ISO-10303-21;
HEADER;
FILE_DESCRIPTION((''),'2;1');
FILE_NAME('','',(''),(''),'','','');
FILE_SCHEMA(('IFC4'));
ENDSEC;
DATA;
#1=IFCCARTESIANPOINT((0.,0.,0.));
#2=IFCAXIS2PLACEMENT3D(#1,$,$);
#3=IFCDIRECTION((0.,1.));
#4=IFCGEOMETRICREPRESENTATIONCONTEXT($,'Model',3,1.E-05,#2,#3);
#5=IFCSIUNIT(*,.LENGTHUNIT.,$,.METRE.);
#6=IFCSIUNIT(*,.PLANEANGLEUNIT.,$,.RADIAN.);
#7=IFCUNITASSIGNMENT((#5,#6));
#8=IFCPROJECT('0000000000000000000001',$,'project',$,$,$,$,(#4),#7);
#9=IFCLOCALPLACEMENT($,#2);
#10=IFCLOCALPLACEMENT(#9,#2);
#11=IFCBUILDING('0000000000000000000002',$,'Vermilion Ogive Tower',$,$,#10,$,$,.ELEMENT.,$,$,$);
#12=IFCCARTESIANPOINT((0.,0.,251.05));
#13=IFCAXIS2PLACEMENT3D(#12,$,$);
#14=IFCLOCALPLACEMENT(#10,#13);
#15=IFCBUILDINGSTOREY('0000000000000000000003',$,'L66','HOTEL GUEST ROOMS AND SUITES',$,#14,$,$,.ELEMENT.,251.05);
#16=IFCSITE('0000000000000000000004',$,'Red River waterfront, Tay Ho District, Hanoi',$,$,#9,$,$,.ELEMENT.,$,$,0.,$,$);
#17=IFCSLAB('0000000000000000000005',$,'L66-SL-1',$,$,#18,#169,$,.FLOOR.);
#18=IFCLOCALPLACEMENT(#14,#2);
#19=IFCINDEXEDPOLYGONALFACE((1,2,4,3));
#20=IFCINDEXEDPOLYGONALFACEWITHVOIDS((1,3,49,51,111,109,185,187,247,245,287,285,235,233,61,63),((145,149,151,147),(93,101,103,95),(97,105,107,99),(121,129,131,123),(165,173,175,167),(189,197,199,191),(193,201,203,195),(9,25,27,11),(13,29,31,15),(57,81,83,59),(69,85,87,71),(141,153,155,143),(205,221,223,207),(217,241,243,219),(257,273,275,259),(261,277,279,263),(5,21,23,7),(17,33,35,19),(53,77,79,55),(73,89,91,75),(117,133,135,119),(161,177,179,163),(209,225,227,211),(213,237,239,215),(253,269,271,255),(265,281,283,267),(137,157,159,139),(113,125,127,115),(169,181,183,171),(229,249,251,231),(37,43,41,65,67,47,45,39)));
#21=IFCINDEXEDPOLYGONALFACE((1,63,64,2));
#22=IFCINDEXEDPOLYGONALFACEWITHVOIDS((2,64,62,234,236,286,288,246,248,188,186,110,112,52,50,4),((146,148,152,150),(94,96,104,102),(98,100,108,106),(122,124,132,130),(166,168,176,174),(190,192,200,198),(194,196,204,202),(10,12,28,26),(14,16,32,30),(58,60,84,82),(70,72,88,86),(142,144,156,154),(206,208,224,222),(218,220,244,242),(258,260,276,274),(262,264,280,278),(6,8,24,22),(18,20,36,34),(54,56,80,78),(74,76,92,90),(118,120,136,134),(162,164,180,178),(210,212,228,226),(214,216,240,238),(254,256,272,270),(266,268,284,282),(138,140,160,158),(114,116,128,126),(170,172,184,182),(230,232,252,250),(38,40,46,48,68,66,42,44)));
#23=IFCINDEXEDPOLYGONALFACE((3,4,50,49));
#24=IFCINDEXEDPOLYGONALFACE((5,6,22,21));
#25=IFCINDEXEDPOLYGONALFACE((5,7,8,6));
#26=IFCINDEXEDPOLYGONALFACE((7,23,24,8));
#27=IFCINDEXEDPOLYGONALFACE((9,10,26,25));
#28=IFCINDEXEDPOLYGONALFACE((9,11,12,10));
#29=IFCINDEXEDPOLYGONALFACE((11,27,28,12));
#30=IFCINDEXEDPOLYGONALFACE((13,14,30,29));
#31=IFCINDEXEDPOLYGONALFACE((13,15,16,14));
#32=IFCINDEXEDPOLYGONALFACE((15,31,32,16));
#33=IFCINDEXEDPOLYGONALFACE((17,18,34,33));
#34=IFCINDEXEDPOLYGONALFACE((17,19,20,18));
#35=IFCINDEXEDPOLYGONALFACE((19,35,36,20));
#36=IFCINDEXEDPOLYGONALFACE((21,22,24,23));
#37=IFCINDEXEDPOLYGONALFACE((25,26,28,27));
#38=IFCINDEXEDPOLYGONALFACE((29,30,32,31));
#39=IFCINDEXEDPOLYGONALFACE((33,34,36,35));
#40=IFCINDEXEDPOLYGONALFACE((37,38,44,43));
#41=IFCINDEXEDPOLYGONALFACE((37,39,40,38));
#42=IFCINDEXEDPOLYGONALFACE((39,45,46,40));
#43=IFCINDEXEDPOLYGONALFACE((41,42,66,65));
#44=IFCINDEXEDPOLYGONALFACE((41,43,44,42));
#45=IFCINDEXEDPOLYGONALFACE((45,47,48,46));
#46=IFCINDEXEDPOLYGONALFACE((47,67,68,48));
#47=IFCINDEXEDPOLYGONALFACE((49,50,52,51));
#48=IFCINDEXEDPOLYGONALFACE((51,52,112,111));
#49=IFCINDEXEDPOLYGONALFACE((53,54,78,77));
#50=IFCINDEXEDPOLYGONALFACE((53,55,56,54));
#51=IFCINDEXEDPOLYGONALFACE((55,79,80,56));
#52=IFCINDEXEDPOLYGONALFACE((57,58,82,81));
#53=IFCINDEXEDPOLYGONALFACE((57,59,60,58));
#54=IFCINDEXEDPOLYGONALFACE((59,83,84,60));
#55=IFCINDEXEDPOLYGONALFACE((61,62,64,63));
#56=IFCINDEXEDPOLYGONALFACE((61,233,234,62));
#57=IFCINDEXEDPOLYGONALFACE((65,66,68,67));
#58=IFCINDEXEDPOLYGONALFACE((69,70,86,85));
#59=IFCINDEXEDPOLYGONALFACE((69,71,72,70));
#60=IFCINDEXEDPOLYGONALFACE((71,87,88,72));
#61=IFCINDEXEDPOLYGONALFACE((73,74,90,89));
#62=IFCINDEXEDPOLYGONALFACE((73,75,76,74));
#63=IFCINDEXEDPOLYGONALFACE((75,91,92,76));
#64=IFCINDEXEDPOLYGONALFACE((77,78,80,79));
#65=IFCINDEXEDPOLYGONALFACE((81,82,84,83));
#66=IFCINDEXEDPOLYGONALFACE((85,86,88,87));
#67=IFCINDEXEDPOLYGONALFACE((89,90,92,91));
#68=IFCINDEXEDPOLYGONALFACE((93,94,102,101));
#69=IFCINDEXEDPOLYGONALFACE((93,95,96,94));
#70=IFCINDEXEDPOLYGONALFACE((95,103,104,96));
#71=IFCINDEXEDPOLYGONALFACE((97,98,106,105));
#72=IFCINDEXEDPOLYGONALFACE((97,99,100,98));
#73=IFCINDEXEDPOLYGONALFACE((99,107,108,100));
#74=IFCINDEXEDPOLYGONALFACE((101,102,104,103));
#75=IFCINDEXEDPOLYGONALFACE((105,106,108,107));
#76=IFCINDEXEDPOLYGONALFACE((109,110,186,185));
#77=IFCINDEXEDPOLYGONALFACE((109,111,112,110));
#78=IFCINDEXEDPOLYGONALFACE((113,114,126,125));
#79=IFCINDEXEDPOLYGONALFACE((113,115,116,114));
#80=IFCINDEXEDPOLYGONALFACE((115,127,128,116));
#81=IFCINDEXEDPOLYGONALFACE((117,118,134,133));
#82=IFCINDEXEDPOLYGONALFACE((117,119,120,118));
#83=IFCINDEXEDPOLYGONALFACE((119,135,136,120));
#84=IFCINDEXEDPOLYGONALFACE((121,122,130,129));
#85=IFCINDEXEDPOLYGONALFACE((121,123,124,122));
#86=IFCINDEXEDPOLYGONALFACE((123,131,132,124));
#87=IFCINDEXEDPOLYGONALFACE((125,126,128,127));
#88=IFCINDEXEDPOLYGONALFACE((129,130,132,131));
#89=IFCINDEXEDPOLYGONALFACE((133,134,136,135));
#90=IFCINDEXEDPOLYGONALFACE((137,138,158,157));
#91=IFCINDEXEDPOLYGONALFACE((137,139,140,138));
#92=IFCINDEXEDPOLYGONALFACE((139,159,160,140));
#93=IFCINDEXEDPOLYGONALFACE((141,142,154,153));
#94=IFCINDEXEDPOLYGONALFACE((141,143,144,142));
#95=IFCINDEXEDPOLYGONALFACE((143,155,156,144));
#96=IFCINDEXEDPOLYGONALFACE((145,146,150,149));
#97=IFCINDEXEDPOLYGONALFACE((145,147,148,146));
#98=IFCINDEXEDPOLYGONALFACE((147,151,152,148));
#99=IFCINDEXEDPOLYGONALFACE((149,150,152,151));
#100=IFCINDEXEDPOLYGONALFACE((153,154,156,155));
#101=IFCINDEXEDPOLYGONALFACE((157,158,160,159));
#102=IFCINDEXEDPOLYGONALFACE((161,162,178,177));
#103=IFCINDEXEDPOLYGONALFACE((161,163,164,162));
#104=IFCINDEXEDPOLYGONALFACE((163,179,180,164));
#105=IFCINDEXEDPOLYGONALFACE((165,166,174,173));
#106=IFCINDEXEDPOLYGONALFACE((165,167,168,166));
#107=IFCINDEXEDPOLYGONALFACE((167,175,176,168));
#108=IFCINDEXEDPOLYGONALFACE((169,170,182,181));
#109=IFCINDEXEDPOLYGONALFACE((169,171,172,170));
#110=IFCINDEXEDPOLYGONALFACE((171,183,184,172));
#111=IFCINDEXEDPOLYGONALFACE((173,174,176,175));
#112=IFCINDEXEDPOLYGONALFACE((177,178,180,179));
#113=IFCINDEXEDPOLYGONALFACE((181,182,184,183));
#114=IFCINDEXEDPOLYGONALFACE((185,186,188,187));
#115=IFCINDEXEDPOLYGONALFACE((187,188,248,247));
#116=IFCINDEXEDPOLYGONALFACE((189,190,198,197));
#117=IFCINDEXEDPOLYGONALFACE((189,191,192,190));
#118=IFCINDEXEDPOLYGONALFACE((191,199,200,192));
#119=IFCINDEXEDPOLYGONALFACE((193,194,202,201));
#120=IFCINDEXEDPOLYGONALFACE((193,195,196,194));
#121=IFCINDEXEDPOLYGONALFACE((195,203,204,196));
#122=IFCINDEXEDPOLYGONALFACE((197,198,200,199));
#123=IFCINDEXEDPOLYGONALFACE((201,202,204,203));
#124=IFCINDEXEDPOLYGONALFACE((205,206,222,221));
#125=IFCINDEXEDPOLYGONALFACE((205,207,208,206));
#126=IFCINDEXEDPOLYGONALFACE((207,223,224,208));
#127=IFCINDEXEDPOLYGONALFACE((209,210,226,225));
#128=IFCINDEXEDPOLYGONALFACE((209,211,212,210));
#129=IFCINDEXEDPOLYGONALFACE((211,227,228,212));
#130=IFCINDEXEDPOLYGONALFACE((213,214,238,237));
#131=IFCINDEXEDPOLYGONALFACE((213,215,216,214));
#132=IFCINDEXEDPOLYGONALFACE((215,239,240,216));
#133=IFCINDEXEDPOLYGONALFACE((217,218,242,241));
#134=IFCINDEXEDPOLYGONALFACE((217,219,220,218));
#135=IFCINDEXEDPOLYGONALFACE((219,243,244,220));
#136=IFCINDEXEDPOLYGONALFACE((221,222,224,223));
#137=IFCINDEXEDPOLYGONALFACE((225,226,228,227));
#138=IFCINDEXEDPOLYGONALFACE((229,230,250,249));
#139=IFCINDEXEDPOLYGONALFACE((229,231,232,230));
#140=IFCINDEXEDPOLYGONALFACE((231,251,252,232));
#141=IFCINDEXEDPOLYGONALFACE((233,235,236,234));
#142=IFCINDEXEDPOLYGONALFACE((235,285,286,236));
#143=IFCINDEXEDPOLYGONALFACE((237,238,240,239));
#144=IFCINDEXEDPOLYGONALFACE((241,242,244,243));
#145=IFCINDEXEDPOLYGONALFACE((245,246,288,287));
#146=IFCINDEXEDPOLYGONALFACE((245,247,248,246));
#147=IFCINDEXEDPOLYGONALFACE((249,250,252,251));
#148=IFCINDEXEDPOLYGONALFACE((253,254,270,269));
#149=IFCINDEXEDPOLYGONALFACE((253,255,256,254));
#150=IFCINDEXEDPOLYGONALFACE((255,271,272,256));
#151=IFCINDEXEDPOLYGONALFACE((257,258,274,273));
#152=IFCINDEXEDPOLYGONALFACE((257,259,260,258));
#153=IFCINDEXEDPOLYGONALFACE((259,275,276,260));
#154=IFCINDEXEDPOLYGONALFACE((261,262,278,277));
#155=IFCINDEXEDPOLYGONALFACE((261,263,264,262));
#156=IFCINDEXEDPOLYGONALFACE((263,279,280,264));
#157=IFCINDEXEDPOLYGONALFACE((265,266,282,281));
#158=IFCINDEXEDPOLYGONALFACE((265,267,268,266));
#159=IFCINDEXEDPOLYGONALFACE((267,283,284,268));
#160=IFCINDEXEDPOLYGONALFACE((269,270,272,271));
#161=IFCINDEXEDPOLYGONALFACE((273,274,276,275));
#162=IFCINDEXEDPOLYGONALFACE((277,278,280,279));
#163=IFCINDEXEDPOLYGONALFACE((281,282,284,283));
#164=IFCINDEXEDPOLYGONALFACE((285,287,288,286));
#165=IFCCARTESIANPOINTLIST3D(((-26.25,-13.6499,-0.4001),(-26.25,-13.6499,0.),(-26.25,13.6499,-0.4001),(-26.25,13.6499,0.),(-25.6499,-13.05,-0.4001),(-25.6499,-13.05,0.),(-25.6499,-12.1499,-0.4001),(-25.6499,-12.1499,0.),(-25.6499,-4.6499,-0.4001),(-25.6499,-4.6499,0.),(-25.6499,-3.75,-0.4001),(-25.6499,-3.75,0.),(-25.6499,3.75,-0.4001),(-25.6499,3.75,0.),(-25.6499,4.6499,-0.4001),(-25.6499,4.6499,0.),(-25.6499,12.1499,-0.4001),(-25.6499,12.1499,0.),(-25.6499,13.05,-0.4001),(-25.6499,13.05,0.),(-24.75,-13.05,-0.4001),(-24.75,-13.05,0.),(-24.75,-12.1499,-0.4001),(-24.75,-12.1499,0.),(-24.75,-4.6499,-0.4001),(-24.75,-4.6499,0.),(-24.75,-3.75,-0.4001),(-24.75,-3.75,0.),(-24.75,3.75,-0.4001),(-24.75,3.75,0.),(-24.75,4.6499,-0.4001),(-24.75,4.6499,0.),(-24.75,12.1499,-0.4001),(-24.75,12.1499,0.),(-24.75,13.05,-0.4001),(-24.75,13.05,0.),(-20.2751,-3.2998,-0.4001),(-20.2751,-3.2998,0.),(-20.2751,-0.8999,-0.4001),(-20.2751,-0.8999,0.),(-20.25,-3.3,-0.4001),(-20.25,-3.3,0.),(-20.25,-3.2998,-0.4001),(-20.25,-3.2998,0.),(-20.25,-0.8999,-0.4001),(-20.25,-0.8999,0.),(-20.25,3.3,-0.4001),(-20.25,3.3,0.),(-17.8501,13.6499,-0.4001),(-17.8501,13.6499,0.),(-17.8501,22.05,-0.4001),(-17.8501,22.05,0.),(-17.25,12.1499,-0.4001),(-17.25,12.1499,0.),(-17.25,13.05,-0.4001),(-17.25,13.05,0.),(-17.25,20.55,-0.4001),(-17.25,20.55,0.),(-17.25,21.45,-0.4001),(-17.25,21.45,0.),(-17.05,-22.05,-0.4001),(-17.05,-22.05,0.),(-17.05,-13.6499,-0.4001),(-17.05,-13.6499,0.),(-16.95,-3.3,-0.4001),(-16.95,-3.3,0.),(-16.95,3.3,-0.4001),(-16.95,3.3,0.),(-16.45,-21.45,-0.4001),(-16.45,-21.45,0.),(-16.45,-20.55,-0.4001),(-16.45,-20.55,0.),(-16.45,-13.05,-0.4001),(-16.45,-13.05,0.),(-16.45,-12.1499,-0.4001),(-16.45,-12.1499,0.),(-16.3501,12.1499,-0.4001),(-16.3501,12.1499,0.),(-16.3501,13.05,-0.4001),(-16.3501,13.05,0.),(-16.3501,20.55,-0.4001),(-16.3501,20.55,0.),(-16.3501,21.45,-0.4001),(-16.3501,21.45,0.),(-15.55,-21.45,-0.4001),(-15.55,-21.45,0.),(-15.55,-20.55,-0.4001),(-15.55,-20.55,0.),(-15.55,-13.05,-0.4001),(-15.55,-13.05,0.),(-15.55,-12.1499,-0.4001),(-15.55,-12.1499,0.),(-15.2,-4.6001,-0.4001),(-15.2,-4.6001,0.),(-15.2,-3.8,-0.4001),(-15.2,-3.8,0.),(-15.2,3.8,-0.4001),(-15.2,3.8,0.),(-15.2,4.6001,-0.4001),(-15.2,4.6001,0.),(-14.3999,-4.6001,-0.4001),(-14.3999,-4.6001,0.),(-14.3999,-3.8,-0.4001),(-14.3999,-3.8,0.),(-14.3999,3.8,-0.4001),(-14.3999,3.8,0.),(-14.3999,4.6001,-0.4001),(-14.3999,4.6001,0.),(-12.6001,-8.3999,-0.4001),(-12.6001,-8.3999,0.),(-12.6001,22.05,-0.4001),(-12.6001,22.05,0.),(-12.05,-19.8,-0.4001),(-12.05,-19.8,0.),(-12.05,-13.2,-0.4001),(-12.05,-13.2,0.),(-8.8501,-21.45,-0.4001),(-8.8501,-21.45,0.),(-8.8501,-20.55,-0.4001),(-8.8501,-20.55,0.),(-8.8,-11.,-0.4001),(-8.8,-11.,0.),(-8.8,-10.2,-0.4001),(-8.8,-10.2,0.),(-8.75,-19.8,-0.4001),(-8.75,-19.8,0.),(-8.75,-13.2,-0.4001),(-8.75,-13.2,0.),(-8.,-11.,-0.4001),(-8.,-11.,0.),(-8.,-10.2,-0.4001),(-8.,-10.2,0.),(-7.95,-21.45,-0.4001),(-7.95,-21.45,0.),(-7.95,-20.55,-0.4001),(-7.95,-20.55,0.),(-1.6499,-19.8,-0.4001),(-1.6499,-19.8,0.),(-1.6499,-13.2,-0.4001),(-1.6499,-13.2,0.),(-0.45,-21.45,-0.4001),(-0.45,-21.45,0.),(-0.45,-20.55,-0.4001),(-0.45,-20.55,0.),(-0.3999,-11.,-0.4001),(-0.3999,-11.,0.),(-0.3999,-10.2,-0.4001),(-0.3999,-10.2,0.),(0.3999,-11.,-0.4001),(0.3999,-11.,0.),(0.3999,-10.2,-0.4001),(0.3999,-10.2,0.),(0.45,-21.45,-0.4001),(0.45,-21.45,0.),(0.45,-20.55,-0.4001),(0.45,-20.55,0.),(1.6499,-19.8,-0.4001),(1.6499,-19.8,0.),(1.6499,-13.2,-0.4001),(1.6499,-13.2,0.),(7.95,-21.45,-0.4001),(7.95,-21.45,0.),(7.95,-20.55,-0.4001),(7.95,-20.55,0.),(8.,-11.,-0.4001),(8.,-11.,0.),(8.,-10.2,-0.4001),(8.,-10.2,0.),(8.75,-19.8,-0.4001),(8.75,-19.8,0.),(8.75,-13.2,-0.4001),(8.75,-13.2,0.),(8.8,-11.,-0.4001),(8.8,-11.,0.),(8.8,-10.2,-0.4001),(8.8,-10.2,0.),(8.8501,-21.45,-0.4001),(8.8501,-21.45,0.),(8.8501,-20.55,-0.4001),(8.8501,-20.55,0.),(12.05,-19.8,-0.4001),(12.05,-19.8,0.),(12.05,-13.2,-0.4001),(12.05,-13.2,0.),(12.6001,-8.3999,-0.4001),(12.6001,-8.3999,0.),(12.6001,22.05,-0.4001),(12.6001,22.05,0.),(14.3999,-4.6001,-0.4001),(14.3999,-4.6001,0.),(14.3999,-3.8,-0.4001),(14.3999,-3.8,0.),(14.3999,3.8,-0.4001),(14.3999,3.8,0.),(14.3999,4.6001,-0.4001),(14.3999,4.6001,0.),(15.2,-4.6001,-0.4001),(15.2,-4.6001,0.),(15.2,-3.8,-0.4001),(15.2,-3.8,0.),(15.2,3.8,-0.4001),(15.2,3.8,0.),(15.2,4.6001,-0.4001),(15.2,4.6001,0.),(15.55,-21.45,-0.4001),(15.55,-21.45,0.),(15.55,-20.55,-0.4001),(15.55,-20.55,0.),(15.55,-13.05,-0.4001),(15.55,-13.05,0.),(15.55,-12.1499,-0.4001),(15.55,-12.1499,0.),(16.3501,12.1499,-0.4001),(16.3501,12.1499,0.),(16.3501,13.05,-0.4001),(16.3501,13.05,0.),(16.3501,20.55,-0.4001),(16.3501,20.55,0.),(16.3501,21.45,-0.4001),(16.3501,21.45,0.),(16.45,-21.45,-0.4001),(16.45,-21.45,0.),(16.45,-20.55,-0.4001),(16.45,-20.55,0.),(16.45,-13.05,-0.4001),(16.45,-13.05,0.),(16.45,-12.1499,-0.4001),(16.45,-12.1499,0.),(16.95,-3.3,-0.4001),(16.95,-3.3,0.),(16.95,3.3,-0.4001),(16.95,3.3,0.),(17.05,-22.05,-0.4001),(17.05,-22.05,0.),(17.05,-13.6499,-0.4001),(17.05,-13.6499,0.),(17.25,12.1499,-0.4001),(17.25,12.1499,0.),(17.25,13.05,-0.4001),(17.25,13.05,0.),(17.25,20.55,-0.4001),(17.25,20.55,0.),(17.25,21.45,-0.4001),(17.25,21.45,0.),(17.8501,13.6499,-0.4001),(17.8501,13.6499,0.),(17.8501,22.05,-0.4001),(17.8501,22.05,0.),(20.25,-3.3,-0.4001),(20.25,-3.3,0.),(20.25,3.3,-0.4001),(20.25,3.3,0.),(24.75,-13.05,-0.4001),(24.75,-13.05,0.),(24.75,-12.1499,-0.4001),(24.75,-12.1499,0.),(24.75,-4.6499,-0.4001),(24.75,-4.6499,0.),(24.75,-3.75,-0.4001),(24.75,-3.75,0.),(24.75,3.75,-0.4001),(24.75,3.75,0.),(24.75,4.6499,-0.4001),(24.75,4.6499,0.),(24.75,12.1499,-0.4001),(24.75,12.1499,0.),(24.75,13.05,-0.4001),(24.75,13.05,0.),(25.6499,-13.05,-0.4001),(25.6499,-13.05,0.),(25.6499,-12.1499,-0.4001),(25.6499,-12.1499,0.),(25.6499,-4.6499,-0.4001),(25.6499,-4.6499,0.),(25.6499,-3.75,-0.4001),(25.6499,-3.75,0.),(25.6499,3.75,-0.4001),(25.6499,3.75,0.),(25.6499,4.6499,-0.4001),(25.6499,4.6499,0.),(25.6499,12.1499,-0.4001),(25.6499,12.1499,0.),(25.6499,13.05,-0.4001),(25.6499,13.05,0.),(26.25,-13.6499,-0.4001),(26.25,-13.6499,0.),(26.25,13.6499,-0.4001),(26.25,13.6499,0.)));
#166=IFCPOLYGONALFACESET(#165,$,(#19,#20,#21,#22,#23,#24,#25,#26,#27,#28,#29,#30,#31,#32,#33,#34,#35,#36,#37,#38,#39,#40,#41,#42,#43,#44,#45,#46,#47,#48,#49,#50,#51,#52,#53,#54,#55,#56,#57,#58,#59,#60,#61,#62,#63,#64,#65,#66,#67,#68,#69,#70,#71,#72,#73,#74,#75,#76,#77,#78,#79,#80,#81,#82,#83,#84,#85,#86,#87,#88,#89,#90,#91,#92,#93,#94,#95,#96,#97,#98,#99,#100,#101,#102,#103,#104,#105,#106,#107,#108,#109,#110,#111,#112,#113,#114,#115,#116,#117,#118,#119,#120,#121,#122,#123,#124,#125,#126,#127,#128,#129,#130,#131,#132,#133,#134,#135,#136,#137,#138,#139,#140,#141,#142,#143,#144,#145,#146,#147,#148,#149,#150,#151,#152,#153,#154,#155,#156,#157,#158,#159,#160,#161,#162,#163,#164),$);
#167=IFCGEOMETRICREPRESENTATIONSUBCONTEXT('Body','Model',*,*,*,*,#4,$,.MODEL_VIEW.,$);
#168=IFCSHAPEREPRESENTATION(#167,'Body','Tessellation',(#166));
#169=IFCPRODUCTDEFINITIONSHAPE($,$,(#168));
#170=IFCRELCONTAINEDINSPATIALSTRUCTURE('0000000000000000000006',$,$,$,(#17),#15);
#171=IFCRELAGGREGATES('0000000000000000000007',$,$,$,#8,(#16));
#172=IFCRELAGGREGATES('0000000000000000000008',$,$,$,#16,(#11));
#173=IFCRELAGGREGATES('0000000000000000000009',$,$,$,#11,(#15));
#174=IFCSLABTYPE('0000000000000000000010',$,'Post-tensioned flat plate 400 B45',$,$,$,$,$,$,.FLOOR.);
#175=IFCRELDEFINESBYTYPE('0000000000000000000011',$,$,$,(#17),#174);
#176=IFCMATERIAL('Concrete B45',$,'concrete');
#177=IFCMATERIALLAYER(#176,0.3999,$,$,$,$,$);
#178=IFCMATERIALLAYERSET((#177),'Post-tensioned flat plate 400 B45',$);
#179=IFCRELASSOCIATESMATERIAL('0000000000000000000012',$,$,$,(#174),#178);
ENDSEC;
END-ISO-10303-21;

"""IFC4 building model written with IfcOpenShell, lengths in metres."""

from ifc_helpers import new_model, si_unit, direction, frame, origin, place, context, subcontext, project, spatial, polyline, outline, extrude, material, layer, layer_set, type_object, element, save


model = new_model("IFC4")

# Units and contexts
model_context = context("Model", 3, precision=1e-05, world=origin(), true_north=direction((0.0, 1.0)))
body_context = subcontext(model_context, "Body", "Model", "MODEL_VIEW")
ifc_project = project(units=[si_unit("LENGTHUNIT", "METRE"), si_unit("PLANEANGLEUNIT", "RADIAN")], contexts=[model_context])

# Site, building, storey
site_placement = place(None, origin())
site = spatial("IfcSite", under=ifc_project, at=site_placement, Name="Red River waterfront, Tay Ho District, Hanoi", CompositionType="ELEMENT", RefElevation=0.0)
building_placement = place(site_placement, origin())
building = spatial("IfcBuilding", under=site, at=building_placement, Name="Vermilion Ogive Tower", CompositionType="ELEMENT")
storey_placement = place(building_placement, frame((0.0, 0.0, 251.05)))
storey = spatial("IfcBuildingStorey", under=building, at=storey_placement, Name="L66", Description="HOTEL GUEST ROOMS AND SUITES", CompositionType="ELEMENT", Elevation=251.05)

# Slab
ifc_material_1 = material(Name="Concrete B45", Category="concrete")
ifc_layer_1 = layer(ifc_material_1, 0.3999)
ifc_layer_set_1 = layer_set([ifc_layer_1], Name="Post-tensioned flat plate 400 B45")
slab_type_1 = type_object("IfcSlabType", Name="Post-tensioned flat plate 400 B45", PredefinedType="FLOOR", material=ifc_layer_set_1)
slab_1_placement = place(storey_placement, frame((0.0, 0.0, -0.4001)))
element("IfcSlab", 1, at=slab_1_placement, inside=storey, type_object=slab_type_1, Name="L66-SL-1", PredefinedType="FLOOR", context=body_context, shape_type="SweptSolid", body=[
    extrude(outline(polyline([(-26.25, -13.6499), (-17.05, -13.6499), (-17.05, -22.05), (17.05, -22.05), (17.05, -13.6499), (26.25, -13.6499), (26.25, 13.6499), (17.8501, 13.6499), (17.8501, 22.05), (12.6001, 22.05), (12.6001, -8.3999), (-12.6001, -8.3999), (-12.6001, 22.05), (-17.8501, 22.05), (-17.8501, 13.6499), (-26.25, 13.6499), (-26.25, -13.6499)]), holes=[polyline([(25.6499, -3.75), (25.6499, -4.6499), (24.75, -4.6499), (24.75, -3.75), (25.6499, -3.75)]), polyline([(25.6499, -12.1499), (25.6499, -13.05), (24.75, -13.05), (24.75, -12.1499), (25.6499, -12.1499)]), polyline([(25.6499, 12.1499), (24.75, 12.1499), (24.75, 13.05), (25.6499, 13.05), (25.6499, 12.1499)]), polyline([(25.6499, 3.75), (24.75, 3.75), (24.75, 4.6499), (25.6499, 4.6499), (25.6499, 3.75)]), polyline([(20.25, 3.3), (20.25, -3.3), (16.95, -3.3), (16.95, 3.3), (20.25, 3.3)]), polyline([(17.25, 13.05), (17.25, 12.1499), (16.3501, 12.1499), (16.3501, 13.05), (17.25, 13.05)]), polyline([(17.25, 20.55), (16.3501, 20.55), (16.3501, 21.45), (17.25, 21.45), (17.25, 20.55)]), polyline([(16.45, -12.1499), (16.45, -13.05), (15.55, -13.05), (15.55, -12.1499), (16.45, -12.1499)]), polyline([(16.45, -20.55), (16.45, -21.45), (15.55, -21.45), (15.55, -20.55), (16.45, -20.55)]), polyline([(15.2, 4.6001), (15.2, 3.8), (14.3999, 3.8), (14.3999, 4.6001), (15.2, 4.6001)]), polyline([(15.2, -4.6001), (14.3999, -4.6001), (14.3999, -3.8), (15.2, -3.8), (15.2, -4.6001)]), polyline([(12.05, -13.2), (12.05, -19.8), (8.75, -19.8), (8.75, -13.2), (12.05, -13.2)]), polyline([(8.8501, -20.55), (8.8501, -21.45), (7.95, -21.45), (7.95, -20.55), (8.8501, -20.55)]), polyline([(8.8, -11.0), (8.0, -11.0), (8.0, -10.2), (8.8, -10.2), (8.8, -11.0)]), polyline([(1.6499, -13.2), (1.6499, -19.8), (-1.6499, -19.8), (-1.6499, -13.2), (1.6499, -13.2)]), polyline([(0.45, -20.55), (0.45, -21.45), (-0.45, -21.45), (-0.45, -20.55), (0.45, -20.55)]), polyline([(0.3999, -10.2), (0.3999, -11.0), (-0.3999, -11.0), (-0.3999, -10.2), (0.3999, -10.2)]), polyline([(-7.95, -20.55), (-7.95, -21.45), (-8.8501, -21.45), (-8.8501, -20.55), (-7.95, -20.55)]), polyline([(-8.0, -10.2), (-8.0, -11.0), (-8.8, -11.0), (-8.8, -10.2), (-8.0, -10.2)]), polyline([(-8.75, -13.2), (-8.75, -19.8), (-12.05, -19.8), (-12.05, -13.2), (-8.75, -13.2)]), polyline([(-14.3999, 4.6001), (-14.3999, 3.8), (-15.2, 3.8), (-15.2, 4.6001), (-14.3999, 4.6001)]), polyline([(-14.3999, -4.6001), (-15.2, -4.6001), (-15.2, -3.8), (-14.3999, -3.8), (-14.3999, -4.6001)]), polyline([(-15.55, -12.1499), (-15.55, -13.05), (-16.45, -13.05), (-16.45, -12.1499), (-15.55, -12.1499)]), polyline([(-15.55, -20.55), (-15.55, -21.45), (-16.45, -21.45), (-16.45, -20.55), (-15.55, -20.55)]), polyline([(-16.3501, 13.05), (-16.3501, 12.1499), (-17.25, 12.1499), (-17.25, 13.05), (-16.3501, 13.05)]), polyline([(-16.3501, 20.55), (-17.25, 20.55), (-17.25, 21.45), (-16.3501, 21.45), (-16.3501, 20.55)]), polyline([(-16.95, 3.3), (-16.95, -3.3), (-20.25, -3.3), (-20.25, -3.2998), (-20.2751, -3.2998), (-20.2751, -0.8999), (-20.25, -0.8999), (-20.25, 3.3), (-16.95, 3.3)]), polyline([(-24.75, 3.75), (-25.6499, 3.75), (-25.6499, 4.6499), (-24.75, 4.6499), (-24.75, 3.75)]), polyline([(-24.75, 13.05), (-24.75, 12.1499), (-25.6499, 12.1499), (-25.6499, 13.05), (-24.75, 13.05)]), polyline([(-24.75, -3.75), (-24.75, -4.6499), (-25.6499, -4.6499), (-25.6499, -3.75), (-24.75, -3.75)]), polyline([(-24.75, -12.1499), (-24.75, -13.05), (-25.6499, -13.05), (-25.6499, -12.1499), (-24.75, -12.1499)])]), origin(), (0.0, 0.0, 1.0), 0.4001),
])

save(model, "model.ifc")
